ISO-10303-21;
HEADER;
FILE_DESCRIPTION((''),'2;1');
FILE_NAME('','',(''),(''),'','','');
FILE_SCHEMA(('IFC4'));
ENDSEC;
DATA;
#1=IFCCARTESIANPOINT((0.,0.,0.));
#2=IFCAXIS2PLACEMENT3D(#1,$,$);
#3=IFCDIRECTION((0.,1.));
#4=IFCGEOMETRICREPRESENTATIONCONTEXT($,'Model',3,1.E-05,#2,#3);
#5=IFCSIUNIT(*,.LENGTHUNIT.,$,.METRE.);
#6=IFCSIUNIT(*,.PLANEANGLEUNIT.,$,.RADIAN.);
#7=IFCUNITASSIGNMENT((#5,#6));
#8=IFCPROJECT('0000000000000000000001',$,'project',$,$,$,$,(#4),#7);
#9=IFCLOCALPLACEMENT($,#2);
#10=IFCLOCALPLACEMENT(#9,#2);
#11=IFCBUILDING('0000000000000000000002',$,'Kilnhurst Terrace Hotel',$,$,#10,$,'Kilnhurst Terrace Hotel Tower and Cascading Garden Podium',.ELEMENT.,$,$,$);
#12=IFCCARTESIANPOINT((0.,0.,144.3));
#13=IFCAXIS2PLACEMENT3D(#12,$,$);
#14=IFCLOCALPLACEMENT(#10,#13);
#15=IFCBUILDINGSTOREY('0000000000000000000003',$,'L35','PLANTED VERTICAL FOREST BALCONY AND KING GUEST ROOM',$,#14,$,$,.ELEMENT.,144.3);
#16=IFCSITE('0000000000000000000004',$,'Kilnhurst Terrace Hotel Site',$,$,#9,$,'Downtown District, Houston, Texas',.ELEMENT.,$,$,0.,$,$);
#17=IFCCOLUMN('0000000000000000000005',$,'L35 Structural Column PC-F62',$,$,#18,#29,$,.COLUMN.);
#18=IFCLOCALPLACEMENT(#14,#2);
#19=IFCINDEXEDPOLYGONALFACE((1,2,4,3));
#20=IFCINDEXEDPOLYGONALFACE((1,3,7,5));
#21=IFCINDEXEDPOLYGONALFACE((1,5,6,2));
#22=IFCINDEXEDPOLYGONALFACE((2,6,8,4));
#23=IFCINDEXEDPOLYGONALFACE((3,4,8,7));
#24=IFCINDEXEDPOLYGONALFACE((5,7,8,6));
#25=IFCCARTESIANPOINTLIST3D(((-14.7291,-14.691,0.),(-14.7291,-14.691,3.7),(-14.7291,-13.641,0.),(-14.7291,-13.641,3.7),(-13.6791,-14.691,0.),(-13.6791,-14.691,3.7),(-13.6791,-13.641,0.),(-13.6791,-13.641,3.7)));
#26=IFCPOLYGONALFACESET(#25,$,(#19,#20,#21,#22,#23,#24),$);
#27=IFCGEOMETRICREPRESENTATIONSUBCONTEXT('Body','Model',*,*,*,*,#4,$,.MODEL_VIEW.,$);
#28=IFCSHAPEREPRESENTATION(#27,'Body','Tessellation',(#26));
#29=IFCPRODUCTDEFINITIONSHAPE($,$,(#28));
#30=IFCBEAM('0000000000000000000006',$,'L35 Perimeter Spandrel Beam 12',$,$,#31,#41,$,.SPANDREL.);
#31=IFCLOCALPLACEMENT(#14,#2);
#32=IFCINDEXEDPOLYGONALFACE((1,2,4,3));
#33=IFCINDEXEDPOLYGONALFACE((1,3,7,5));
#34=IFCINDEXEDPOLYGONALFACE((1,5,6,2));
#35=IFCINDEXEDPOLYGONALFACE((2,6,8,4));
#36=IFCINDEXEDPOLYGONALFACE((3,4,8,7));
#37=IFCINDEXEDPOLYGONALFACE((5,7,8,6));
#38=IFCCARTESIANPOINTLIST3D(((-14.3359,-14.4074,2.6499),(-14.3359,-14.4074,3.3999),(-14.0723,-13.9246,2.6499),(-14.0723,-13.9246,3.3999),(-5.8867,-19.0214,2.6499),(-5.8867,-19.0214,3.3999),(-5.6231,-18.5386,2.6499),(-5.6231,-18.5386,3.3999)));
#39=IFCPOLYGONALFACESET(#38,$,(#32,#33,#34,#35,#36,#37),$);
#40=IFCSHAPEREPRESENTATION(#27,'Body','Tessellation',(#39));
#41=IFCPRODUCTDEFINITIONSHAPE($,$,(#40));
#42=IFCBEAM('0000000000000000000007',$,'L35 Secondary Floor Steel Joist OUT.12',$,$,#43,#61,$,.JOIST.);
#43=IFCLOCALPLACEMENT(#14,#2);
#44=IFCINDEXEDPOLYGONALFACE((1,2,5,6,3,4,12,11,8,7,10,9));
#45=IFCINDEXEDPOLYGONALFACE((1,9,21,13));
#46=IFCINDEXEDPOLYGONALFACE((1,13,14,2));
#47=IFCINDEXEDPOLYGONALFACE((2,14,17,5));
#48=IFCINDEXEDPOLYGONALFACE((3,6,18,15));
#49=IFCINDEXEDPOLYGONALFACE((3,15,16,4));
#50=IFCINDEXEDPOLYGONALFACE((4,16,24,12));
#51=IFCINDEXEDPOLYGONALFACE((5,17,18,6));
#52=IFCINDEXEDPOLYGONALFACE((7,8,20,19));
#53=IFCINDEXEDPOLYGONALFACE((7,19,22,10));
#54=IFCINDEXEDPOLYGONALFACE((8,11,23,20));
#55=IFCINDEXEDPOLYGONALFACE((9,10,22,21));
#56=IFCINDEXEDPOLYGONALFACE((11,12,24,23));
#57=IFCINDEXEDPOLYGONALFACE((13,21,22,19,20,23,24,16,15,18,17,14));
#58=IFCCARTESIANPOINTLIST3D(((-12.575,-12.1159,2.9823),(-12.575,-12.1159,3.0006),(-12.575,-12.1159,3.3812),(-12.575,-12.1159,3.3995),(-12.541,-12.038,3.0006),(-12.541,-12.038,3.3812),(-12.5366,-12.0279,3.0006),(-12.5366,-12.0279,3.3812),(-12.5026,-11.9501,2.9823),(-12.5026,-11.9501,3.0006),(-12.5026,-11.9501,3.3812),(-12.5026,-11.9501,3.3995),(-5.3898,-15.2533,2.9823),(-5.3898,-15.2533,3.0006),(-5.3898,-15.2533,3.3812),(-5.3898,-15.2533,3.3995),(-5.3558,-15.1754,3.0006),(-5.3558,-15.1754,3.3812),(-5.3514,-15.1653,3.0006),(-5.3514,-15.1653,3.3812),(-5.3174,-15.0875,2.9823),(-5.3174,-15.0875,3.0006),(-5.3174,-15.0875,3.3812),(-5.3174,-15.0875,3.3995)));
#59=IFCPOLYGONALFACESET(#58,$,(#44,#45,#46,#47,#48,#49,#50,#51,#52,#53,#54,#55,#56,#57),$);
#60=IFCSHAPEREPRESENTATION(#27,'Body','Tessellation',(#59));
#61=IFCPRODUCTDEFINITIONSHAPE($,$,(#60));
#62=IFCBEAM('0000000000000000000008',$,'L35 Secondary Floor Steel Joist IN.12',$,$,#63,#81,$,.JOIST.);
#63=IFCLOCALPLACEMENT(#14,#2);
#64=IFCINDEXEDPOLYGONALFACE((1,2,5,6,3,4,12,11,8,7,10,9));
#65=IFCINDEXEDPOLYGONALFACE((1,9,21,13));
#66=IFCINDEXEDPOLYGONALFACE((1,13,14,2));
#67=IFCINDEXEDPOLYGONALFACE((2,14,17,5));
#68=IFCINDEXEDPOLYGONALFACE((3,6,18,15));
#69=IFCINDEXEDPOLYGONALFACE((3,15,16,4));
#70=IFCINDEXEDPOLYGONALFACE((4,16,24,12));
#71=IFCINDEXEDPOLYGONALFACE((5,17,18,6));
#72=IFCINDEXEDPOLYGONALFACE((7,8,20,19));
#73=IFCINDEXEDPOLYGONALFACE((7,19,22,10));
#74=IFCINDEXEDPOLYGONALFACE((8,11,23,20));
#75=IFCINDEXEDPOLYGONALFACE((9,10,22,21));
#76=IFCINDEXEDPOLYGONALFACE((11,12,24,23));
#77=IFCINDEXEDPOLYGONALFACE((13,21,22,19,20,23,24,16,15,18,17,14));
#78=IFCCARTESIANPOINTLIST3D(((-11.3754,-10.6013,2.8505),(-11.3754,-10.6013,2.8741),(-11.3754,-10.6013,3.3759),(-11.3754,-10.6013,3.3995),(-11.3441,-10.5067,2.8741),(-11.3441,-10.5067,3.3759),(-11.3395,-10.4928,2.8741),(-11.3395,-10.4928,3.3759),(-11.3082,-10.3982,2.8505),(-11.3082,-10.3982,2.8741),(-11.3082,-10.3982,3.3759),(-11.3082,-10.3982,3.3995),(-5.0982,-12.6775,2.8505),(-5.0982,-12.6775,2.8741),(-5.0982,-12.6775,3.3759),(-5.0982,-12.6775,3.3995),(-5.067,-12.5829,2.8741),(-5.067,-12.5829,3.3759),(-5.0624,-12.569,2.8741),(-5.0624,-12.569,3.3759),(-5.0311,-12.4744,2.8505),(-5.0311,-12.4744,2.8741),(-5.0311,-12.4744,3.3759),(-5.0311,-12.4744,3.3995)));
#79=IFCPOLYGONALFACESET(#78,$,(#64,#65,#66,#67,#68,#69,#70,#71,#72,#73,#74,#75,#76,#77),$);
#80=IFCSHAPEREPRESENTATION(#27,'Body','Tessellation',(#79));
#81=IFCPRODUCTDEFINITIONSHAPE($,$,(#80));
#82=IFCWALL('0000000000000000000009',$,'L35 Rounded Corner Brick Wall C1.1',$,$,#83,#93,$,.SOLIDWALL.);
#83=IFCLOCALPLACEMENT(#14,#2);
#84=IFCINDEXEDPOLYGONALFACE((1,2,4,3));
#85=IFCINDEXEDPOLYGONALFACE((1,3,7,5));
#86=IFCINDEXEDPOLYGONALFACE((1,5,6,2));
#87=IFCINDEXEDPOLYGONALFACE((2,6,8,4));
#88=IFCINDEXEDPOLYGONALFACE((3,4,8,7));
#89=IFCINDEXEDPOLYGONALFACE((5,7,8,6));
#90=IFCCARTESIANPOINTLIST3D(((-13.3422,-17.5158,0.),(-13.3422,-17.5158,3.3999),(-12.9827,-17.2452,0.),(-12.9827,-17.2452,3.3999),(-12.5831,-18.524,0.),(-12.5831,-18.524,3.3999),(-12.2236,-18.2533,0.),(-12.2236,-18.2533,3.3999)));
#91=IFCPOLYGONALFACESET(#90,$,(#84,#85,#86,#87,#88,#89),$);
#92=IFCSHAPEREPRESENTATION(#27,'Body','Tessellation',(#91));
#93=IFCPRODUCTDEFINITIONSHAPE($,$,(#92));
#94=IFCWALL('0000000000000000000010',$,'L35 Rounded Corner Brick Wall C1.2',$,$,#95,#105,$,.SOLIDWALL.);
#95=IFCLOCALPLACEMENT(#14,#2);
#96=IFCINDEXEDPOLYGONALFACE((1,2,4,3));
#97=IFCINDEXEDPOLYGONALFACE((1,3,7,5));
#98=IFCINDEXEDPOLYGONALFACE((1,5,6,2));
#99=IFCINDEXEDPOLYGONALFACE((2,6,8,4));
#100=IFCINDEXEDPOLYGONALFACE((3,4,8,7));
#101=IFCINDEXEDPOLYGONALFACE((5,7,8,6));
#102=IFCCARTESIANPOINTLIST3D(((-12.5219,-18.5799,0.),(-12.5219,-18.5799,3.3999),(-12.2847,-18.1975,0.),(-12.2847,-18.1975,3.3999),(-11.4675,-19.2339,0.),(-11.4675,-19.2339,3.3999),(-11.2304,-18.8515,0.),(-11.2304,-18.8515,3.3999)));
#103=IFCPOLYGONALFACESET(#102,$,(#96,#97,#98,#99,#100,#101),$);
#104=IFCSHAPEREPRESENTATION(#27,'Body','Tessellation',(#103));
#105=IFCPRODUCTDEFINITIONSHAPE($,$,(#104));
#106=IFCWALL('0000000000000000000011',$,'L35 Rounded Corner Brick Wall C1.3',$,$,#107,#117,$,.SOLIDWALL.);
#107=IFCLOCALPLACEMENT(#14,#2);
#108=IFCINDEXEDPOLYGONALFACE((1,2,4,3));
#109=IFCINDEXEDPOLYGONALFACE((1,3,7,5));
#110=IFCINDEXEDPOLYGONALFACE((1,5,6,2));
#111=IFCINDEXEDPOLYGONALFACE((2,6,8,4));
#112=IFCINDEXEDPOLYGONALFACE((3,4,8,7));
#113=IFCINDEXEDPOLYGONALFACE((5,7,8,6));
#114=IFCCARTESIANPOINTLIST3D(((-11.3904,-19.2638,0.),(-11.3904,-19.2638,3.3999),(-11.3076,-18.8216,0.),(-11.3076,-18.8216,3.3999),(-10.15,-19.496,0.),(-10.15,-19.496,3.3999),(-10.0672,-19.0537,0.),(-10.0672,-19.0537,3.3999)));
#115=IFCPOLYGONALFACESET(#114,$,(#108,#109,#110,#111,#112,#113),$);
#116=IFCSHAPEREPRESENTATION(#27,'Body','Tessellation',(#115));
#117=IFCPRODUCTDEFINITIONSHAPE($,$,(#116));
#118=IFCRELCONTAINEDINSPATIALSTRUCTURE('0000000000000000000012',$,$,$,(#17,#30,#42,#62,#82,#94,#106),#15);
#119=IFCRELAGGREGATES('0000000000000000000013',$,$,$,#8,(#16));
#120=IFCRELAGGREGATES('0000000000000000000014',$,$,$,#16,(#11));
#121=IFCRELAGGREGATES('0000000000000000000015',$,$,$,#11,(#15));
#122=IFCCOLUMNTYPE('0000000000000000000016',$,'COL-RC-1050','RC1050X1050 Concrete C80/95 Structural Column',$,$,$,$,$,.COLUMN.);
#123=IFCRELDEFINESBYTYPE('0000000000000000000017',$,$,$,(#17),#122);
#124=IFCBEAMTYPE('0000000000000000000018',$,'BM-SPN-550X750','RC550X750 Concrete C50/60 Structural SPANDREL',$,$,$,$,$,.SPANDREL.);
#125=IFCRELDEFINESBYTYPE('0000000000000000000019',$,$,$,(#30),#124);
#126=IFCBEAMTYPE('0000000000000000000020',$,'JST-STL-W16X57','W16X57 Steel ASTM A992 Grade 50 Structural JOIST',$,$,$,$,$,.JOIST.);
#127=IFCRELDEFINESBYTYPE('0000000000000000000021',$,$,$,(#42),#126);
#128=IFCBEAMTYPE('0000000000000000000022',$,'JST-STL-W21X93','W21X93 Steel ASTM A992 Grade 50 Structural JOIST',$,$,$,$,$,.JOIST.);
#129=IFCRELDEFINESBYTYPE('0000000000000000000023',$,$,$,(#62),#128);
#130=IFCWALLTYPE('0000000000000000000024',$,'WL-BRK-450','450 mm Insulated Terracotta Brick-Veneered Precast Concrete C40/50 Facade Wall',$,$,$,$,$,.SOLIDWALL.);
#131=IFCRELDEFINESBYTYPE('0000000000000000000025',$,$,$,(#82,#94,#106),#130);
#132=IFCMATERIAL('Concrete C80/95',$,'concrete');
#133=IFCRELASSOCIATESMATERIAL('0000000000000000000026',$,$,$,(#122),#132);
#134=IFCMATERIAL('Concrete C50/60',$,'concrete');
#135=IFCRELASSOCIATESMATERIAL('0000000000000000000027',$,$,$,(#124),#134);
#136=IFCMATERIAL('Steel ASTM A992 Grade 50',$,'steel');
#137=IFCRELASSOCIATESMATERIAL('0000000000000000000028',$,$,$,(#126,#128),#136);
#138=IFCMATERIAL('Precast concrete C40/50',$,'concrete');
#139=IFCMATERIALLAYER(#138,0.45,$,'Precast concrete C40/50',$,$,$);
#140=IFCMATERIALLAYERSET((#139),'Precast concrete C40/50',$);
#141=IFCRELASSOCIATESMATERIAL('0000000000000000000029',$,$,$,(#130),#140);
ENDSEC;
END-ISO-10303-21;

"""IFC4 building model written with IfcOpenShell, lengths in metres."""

from ifc_helpers import new_model, si_unit, direction, frame, frame_2d, origin, origin_2d, place, context, subcontext, project, spatial, rectangle, i_section, extrude, material, layer, layer_set, material_profile, profile_set, type_object, element, save


model = new_model("IFC4")

# Units and contexts
model_context = context("Model", 3, precision=1e-05, world=origin(), true_north=direction((0.0, 1.0)))
body_context = subcontext(model_context, "Body", "Model", "MODEL_VIEW")
ifc_project = project(units=[si_unit("LENGTHUNIT", "METRE"), si_unit("PLANEANGLEUNIT", "RADIAN")], contexts=[model_context])

# Site, building, storey
site_placement = place(None, origin())
site = spatial("IfcSite", under=ifc_project, at=site_placement, Name="Kilnhurst Terrace Hotel Site", LongName="Downtown District, Houston, Texas", CompositionType="ELEMENT", RefElevation=0.0)
building_placement = place(site_placement, origin())
building = spatial("IfcBuilding", under=site, at=building_placement, Name="Kilnhurst Terrace Hotel", LongName="Kilnhurst Terrace Hotel Tower and Cascading Garden Podium", CompositionType="ELEMENT")
storey_placement = place(building_placement, frame((0.0, 0.0, 144.3)))
storey = spatial("IfcBuildingStorey", under=building, at=storey_placement, Name="L35", Description="PLANTED VERTICAL FOREST BALCONY AND KING GUEST ROOM", CompositionType="ELEMENT", Elevation=144.3)

# Column
ifc_material_1 = material(Name="Concrete C80/95", Category="concrete")
ifc_material_profile_1 = material_profile(ifc_material_1, rectangle(XDim=1.05, YDim=1.05, at=origin_2d()), Name="RC1050X1050")
ifc_profile_set_1 = profile_set([ifc_material_profile_1], Name="Concrete C80/95")
column_type = type_object("IfcColumnType", Name="COL-RC-1050", Description="RC1050X1050 Concrete C80/95 Structural Column", PredefinedType="COLUMN", material=ifc_profile_set_1)
column_placement = place(storey_placement, frame((-14.2041, -14.166, 0.0), z_axis=(0.0, 0.0, 1.0), x_axis=(1.0, 0.0, 0.0)))
element("IfcColumn", 1, at=column_placement, inside=storey, type_object=column_type, Name="L35 Structural Column PC-F62", PredefinedType="COLUMN", context=body_context, shape_type="SweptSolid", body=[
    extrude(rectangle(XDim=1.05, YDim=1.05, at=origin_2d()), origin(), (0.0, 0.0, 1.0), 3.7),
])

# Beams
ifc_material_2 = material(Name="Concrete C50/60", Category="concrete")
ifc_material_profile_2 = material_profile(ifc_material_2, rectangle(XDim=0.55, YDim=0.75, at=origin_2d()), Name="RC550X750")
ifc_profile_set_2 = profile_set([ifc_material_profile_2], Name="Concrete C50/60")
beam_type_1 = type_object("IfcBeamType", Name="BM-SPN-550X750", Description="RC550X750 Concrete C50/60 Structural SPANDREL", PredefinedType="SPANDREL", material=ifc_profile_set_2)
beam_1_placement = place(storey_placement, frame((-14.2041, -14.166, 3.0249), z_axis=(0.877662, -0.47928, 0.0), x_axis=(0.47928, 0.877662, 0.0)))
element("IfcBeam", 2, at=beam_1_placement, inside=storey, type_object=beam_type_1, Name="L35 Perimeter Spandrel Beam 12", PredefinedType="SPANDREL", context=body_context, shape_type="SweptSolid", body=[
    extrude(rectangle(XDim=0.55, YDim=0.75, at=origin_2d()), origin(), (0.0, 0.0, 1.0), 9.627),
])
ifc_material_3 = material(Name="Steel ASTM A992 Grade 50", Category="steel")
ifc_material_profile_3 = material_profile(ifc_material_3, i_section(OverallWidth=0.1809, OverallDepth=0.4172, WebThickness=0.011, FlangeThickness=0.0183, at=origin_2d()), Name="W16X57")
ifc_profile_set_3 = profile_set([ifc_material_profile_3], Name="Steel ASTM A992 Grade 50")
beam_type_2 = type_object("IfcBeamType", Name="JST-STL-W16X57", Description="W16X57 Steel ASTM A992 Grade 50 Structural JOIST", PredefinedType="JOIST", material=ifc_profile_set_3)
beam_2_placement = place(storey_placement, frame((-12.5388, -12.033, 3.1909), z_axis=(0.916444, -0.400164, 0.0), x_axis=(0.400164, 0.916444, 0.0)))
element("IfcBeam", 3, at=beam_2_placement, inside=storey, type_object=beam_type_2, Name="L35 Secondary Floor Steel Joist OUT.12", PredefinedType="JOIST", context=body_context, shape_type="SweptSolid", body=[
    extrude(i_section(OverallWidth=0.1809, OverallDepth=0.4172, WebThickness=0.011, FlangeThickness=0.0183, at=origin_2d()), origin(), (0.0, 0.0, 1.0), 7.8403),
])
ifc_material_profile_4 = material_profile(ifc_material_3, i_section(OverallWidth=0.2139, OverallDepth=0.5491, WebThickness=0.0146, FlangeThickness=0.0237, at=origin_2d()), Name="W21X93")
ifc_profile_set_4 = profile_set([ifc_material_profile_4], Name="Steel ASTM A992 Grade 50")
beam_type_3 = type_object("IfcBeamType", Name="JST-STL-W21X93", Description="W21X93 Steel ASTM A992 Grade 50 Structural JOIST", PredefinedType="JOIST", material=ifc_profile_set_4)
beam_3_placement = place(storey_placement, frame((-11.3418, -10.4998, 3.125), z_axis=(0.949416, -0.314022, 0.0), x_axis=(0.314022, 0.949416, 0.0)))
element("IfcBeam", 4, at=beam_3_placement, inside=storey, type_object=beam_type_3, Name="L35 Secondary Floor Steel Joist IN.12", PredefinedType="JOIST", context=body_context, shape_type="SweptSolid", body=[
    extrude(i_section(OverallWidth=0.2139, OverallDepth=0.5491, WebThickness=0.0146, FlangeThickness=0.0237, at=origin_2d()), origin(), (0.0, 0.0, 1.0), 6.6116),
])

# Walls
ifc_material_4 = material(Name="Precast concrete C40/50", Category="concrete")
ifc_layer_1 = layer(ifc_material_4, 0.45, Name="Precast concrete C40/50")
ifc_layer_set_1 = layer_set([ifc_layer_1], Name="Precast concrete C40/50")
wall_type_1 = type_object("IfcWallType", Name="WL-BRK-450", Description="450 mm Insulated Terracotta Brick-Veneered Precast Concrete C40/50 Facade Wall", PredefinedType="SOLIDWALL", material=ifc_layer_set_1)
wall_1_placement = place(storey_placement, frame((-13.1624, -17.3806, 0.0), z_axis=(0.0, 0.0, 1.0), x_axis=(0.601516, -0.798861, 0.0)))
element("IfcWall", 5, at=wall_1_placement, inside=storey, type_object=wall_type_1, Name="L35 Rounded Corner Brick Wall C1.1", PredefinedType="SOLIDWALL", context=body_context, shape_type="SweptSolid", body=[
    extrude(rectangle(XDim=1.262, YDim=0.45, at=frame_2d((0.6309, 0.0))), origin(), (0.0, 0.0, 1.0), 3.3999),
])
wall_2_placement = place(storey_placement, frame((-12.4033, -18.3887, 0.0), z_axis=(0.0, 0.0, 1.0), x_axis=(0.849795, -0.527113, 0.0)))
element("IfcWall", 6, at=wall_2_placement, inside=storey, type_object=wall_type_1, Name="L35 Rounded Corner Brick Wall C1.2", PredefinedType="SOLIDWALL", context=body_context, shape_type="SweptSolid", body=[
    extrude(rectangle(XDim=1.2407, YDim=0.45, at=frame_2d((0.6204, 0.0))), origin(), (0.0, 0.0, 1.0), 3.3999),
])
wall_3_placement = place(storey_placement, frame((-11.3489, -19.0427, 0.0), z_axis=(0.0, 0.0, 1.0), x_axis=(0.982931, -0.183973, 0.0)))
element("IfcWall", 7, at=wall_3_placement, inside=storey, type_object=wall_type_1, Name="L35 Rounded Corner Brick Wall C1.3", PredefinedType="SOLIDWALL", context=body_context, shape_type="SweptSolid", body=[
    extrude(rectangle(XDim=1.262, YDim=0.45, at=frame_2d((0.6309, 0.0))), origin(), (0.0, 0.0, 1.0), 3.3999),
])

save(model, "model.ifc")
